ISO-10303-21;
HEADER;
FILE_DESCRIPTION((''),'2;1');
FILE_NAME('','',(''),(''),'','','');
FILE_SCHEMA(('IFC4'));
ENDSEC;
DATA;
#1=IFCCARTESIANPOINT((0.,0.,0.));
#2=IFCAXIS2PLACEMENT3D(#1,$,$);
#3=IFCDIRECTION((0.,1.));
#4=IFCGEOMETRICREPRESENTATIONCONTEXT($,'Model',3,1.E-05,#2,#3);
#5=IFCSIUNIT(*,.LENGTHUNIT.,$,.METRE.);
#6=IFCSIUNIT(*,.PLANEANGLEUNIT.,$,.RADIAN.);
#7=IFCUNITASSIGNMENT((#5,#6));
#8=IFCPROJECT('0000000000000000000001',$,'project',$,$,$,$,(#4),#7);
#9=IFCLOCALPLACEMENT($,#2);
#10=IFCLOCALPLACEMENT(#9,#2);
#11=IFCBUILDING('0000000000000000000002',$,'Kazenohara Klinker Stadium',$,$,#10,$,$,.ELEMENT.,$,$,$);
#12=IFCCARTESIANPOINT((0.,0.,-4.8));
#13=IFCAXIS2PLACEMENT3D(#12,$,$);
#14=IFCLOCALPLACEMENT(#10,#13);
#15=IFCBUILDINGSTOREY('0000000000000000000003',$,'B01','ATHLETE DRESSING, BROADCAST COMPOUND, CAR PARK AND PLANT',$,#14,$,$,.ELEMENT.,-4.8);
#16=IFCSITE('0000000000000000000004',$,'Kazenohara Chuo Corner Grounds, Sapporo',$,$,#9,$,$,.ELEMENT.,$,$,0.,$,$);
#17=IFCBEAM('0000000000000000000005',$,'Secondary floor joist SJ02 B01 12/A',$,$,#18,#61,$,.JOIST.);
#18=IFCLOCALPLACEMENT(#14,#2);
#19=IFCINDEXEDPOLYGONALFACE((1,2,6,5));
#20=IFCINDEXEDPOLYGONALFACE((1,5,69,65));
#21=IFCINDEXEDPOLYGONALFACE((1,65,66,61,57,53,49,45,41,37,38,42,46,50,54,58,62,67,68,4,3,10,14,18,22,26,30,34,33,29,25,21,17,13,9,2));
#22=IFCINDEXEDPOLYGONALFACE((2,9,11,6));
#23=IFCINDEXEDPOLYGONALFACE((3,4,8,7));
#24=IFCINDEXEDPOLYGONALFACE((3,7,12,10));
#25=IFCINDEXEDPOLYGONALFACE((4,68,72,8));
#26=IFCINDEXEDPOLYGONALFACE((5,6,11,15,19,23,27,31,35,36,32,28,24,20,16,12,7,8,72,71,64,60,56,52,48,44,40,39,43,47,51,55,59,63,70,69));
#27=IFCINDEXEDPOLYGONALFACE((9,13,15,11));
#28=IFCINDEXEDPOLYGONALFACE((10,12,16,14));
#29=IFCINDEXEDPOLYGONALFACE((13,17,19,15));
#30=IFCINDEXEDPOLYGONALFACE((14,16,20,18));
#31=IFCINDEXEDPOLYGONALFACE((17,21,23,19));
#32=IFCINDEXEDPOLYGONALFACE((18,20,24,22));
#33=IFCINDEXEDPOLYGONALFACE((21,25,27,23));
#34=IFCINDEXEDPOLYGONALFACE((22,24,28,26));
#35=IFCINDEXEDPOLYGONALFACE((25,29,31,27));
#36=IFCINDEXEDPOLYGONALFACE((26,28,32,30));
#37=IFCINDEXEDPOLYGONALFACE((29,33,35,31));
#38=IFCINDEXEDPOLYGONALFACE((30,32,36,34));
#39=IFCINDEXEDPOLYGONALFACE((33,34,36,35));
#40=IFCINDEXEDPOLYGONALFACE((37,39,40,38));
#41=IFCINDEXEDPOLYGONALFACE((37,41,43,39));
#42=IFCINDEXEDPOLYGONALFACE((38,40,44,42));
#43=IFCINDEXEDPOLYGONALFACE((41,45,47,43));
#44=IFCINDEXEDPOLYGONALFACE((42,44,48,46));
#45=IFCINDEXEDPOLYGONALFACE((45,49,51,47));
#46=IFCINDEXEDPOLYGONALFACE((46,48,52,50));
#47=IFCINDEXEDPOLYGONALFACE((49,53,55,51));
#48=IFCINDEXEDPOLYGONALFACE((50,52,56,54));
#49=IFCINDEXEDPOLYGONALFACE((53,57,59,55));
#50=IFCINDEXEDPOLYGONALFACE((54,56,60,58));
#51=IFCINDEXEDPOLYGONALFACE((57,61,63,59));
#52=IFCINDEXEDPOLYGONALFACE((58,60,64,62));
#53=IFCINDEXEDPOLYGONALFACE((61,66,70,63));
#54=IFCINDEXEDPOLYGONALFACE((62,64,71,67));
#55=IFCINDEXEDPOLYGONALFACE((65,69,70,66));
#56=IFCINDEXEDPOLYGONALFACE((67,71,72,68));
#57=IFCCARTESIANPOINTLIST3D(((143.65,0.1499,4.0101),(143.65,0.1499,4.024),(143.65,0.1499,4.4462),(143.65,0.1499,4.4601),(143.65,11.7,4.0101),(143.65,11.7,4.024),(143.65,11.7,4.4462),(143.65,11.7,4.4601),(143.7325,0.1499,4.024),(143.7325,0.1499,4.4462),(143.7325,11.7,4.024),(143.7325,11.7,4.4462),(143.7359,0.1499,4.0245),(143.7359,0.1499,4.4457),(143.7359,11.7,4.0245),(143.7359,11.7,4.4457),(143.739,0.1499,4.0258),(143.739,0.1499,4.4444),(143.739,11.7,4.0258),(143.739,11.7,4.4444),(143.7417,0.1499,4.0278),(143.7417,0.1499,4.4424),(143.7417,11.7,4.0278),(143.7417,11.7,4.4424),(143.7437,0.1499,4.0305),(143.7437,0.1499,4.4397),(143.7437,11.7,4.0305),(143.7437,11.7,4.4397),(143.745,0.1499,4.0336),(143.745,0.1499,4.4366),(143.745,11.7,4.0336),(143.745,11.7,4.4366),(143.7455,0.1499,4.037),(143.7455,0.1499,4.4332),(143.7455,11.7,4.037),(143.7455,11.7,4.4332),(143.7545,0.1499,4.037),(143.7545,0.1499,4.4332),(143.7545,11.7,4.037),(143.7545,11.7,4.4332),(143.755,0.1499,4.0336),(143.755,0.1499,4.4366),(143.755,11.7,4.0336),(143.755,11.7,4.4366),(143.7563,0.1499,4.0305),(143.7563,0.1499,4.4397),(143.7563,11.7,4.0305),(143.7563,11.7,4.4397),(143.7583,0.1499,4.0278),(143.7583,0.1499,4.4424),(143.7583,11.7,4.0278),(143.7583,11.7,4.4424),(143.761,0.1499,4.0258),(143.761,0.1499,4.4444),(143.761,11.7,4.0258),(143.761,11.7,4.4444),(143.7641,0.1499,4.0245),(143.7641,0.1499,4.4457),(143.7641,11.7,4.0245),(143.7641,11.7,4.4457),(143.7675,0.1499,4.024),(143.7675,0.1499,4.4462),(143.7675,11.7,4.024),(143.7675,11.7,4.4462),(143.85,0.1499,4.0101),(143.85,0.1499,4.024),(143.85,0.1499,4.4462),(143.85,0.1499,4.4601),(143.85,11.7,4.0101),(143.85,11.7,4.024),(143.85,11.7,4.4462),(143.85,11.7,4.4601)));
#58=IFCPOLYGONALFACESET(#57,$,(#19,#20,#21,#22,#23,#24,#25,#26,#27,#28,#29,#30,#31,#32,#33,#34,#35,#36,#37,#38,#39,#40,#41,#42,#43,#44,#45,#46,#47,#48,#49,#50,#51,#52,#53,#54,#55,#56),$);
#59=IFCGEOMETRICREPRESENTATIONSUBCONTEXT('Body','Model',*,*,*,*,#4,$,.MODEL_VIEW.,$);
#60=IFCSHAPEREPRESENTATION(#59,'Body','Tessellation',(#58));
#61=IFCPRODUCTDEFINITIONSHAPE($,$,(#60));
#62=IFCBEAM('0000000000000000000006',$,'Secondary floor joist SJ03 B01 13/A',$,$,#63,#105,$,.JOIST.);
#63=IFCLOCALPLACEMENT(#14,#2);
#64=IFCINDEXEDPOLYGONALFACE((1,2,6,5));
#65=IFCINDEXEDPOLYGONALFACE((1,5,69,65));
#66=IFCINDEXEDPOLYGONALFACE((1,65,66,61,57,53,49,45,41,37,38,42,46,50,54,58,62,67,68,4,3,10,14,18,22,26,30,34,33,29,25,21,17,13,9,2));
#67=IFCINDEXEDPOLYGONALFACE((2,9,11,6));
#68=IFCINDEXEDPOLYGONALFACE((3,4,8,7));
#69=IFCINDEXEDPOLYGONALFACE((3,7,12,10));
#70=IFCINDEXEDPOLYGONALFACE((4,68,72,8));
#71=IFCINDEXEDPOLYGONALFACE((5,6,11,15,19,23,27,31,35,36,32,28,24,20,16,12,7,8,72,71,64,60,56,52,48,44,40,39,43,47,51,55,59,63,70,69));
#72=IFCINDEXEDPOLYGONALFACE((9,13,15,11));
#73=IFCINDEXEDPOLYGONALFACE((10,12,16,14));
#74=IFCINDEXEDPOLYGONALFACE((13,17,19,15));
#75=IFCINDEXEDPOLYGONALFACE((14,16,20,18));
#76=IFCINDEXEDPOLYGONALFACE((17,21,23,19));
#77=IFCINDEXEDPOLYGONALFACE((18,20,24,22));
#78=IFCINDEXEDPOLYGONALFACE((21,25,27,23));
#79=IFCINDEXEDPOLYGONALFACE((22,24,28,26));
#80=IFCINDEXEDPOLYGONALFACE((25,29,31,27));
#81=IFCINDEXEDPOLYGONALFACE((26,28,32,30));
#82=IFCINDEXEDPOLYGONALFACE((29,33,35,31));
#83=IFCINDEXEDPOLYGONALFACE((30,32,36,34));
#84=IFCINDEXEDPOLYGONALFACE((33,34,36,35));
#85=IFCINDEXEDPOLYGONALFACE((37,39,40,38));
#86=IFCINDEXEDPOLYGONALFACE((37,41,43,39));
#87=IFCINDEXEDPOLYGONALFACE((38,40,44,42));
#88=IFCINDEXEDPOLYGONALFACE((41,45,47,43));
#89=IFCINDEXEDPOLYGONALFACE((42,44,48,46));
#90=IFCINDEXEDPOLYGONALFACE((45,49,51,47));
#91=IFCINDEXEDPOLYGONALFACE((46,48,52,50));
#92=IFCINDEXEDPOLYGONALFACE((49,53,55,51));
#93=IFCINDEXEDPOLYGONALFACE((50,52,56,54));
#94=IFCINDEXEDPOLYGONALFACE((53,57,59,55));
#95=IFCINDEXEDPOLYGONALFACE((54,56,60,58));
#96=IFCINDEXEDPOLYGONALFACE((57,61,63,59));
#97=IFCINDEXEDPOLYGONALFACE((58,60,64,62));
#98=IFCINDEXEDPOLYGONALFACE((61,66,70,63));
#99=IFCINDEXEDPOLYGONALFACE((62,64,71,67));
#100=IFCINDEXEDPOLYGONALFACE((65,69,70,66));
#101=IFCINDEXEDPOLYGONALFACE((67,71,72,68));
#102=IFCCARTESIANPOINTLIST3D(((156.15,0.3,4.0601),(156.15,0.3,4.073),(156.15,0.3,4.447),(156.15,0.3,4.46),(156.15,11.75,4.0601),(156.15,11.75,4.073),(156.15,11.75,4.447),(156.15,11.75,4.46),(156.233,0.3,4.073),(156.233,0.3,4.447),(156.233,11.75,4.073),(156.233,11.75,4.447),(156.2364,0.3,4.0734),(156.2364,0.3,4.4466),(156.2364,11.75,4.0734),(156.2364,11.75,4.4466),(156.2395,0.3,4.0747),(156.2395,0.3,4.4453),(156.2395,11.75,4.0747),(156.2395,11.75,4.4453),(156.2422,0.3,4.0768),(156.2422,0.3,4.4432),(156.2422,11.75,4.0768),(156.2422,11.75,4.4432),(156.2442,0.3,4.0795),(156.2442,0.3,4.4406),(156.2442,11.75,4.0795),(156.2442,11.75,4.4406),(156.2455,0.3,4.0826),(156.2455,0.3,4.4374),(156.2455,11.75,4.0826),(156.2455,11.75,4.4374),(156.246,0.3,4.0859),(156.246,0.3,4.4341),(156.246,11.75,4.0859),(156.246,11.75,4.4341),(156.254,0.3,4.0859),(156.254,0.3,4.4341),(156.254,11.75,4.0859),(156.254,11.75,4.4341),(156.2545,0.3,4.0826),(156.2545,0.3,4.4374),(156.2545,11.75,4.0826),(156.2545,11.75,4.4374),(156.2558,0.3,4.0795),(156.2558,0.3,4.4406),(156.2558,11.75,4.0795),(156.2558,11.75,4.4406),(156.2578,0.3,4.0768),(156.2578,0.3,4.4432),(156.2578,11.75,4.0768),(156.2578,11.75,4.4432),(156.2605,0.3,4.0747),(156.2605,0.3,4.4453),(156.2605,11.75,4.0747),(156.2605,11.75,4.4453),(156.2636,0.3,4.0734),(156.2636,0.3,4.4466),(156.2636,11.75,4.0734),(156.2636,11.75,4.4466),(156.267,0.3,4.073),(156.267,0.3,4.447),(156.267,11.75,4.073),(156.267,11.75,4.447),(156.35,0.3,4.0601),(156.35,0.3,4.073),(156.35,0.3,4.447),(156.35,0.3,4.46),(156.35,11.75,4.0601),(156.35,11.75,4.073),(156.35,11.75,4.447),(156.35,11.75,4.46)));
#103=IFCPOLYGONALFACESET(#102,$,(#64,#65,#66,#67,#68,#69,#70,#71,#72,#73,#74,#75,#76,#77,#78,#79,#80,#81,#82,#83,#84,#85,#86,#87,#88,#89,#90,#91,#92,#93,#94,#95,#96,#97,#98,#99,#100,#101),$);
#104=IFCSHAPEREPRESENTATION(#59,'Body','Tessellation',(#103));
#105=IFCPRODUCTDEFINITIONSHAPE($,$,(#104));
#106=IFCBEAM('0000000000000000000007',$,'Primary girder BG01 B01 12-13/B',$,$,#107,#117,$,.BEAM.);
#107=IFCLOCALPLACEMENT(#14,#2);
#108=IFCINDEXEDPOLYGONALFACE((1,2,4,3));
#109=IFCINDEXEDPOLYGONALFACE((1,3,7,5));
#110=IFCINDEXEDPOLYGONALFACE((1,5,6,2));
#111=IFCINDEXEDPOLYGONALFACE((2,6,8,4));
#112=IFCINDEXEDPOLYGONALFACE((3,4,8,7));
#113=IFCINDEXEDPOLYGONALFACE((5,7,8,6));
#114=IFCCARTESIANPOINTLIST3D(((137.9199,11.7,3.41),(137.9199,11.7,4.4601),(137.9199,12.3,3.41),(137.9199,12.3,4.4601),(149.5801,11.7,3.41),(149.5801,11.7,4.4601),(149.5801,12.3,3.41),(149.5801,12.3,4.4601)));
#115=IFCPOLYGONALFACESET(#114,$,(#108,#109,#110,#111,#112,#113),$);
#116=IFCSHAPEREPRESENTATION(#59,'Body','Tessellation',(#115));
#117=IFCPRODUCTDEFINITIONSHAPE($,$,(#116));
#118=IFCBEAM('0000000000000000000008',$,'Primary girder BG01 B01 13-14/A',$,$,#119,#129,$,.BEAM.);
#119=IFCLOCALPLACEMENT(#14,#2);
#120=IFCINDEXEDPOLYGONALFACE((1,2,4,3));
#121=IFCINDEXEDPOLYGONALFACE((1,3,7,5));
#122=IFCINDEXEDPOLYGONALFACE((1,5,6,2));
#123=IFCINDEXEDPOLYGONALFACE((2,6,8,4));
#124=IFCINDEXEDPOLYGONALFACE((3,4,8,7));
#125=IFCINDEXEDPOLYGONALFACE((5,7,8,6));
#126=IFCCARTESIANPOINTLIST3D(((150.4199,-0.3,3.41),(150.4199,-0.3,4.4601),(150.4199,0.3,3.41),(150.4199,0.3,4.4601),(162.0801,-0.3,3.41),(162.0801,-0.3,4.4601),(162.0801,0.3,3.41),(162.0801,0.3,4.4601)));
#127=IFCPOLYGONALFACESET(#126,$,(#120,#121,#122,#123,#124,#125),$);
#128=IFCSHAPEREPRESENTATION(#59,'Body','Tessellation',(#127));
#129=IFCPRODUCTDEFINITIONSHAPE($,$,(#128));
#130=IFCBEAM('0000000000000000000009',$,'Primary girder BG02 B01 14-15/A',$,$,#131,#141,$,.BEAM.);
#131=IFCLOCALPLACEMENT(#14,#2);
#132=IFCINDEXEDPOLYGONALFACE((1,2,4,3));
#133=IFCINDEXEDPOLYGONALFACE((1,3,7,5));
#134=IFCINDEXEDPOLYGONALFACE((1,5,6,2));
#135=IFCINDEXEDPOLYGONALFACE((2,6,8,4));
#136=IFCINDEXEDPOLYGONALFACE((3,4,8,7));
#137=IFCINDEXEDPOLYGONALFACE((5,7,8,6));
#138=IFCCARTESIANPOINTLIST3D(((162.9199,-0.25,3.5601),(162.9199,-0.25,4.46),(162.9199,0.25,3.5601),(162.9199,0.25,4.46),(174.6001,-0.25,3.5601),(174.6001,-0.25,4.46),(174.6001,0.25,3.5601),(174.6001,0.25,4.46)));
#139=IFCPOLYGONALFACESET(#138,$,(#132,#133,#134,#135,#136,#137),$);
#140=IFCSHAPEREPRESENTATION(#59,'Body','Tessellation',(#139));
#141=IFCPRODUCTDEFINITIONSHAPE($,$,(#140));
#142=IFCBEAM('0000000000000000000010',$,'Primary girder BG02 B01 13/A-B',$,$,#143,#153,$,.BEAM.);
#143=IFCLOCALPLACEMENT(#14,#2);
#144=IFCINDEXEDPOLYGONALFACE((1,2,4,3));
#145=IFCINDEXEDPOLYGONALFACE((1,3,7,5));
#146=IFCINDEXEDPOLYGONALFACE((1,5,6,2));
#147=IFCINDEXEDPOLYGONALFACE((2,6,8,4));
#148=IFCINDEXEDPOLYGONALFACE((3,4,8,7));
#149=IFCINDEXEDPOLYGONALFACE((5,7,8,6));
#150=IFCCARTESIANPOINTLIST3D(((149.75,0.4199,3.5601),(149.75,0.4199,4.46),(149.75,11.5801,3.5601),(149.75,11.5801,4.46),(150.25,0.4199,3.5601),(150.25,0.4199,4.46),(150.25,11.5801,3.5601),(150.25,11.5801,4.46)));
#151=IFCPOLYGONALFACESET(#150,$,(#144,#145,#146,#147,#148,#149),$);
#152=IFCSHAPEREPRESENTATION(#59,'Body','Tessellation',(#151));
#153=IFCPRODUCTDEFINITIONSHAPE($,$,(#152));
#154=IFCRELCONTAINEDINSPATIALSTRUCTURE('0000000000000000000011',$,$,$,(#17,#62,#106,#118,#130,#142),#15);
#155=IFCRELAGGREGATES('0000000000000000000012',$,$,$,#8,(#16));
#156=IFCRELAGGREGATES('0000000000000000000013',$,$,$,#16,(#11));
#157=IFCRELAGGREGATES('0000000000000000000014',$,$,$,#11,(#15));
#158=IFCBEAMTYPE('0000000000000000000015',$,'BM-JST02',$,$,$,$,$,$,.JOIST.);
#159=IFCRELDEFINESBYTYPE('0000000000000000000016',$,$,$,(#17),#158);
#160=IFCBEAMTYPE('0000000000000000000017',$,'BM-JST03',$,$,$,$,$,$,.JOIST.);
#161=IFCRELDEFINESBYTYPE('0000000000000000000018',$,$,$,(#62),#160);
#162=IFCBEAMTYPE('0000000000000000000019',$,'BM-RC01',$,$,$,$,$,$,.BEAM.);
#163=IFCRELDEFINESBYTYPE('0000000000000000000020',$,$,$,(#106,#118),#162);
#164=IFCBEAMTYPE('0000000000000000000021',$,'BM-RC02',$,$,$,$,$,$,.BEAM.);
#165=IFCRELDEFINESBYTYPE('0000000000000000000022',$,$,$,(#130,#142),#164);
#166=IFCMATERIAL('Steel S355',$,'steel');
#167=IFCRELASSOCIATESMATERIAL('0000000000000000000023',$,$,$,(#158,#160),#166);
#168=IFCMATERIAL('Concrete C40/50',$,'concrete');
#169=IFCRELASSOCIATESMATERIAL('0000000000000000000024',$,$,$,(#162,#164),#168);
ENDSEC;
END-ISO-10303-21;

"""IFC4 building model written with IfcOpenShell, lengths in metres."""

from ifc_helpers import new_model, si_unit, direction, frame, origin, origin_2d, place, context, subcontext, project, spatial, rectangle, i_section, extrude, material, material_profile, profile_set, type_object, element, save


model = new_model("IFC4")

# Units and contexts
model_context = context("Model", 3, precision=1e-05, world=origin(), true_north=direction((0.0, 1.0)))
body_context = subcontext(model_context, "Body", "Model", "MODEL_VIEW")
ifc_project = project(units=[si_unit("LENGTHUNIT", "METRE"), si_unit("PLANEANGLEUNIT", "RADIAN")], contexts=[model_context])

# Site, building, storey
site_placement = place(None, origin())
site = spatial("IfcSite", under=ifc_project, at=site_placement, Name="Kazenohara Chuo Corner Grounds, Sapporo", CompositionType="ELEMENT", RefElevation=0.0)
building_placement = place(site_placement, origin())
building = spatial("IfcBuilding", under=site, at=building_placement, Name="Kazenohara Klinker Stadium", CompositionType="ELEMENT")
storey_placement = place(building_placement, frame((0.0, 0.0, -4.8)))
storey = spatial("IfcBuildingStorey", under=building, at=storey_placement, Name="B01", Description="ATHLETE DRESSING, BROADCAST COMPOUND, CAR PARK AND PLANT", CompositionType="ELEMENT", Elevation=-4.8)

# Shared definitions
ifc_material_1 = material(Name="Concrete C40/50", Category="concrete")

# Beams
ifc_material_2 = material(Name="Steel S355", Category="steel")
ifc_material_profile_1 = material_profile(ifc_material_2, i_section(OverallWidth=0.2, OverallDepth=0.45, WebThickness=0.009, FlangeThickness=0.0139, FilletRadius=0.0129, at=origin_2d()), Name="H-450x200x9x14")
ifc_profile_set_1 = profile_set([ifc_material_profile_1], Name="Steel S355")
beam_type_1 = type_object("IfcBeamType", Name="BM-JST02", PredefinedType="JOIST", material=ifc_profile_set_1)
beam_1_placement = place(storey_placement, frame((143.75, 0.1499, 4.2351), z_axis=(0.0, 1.0, 0.0), x_axis=(-1.0, 0.0, 0.0)))
element("IfcBeam", 1, at=beam_1_placement, inside=storey, type_object=beam_type_1, Name="Secondary floor joist SJ02 B01 12/A", PredefinedType="JOIST", context=body_context, shape_type="SweptSolid", body=[
    extrude(i_section(OverallWidth=0.2, OverallDepth=0.45, WebThickness=0.009, FlangeThickness=0.0139, FilletRadius=0.0129, at=origin_2d()), origin(), (0.0, 0.0, 1.0), 11.55),
])
ifc_material_profile_2 = material_profile(ifc_material_2, i_section(OverallWidth=0.2, OverallDepth=0.3999, WebThickness=0.0081, FlangeThickness=0.0129, FilletRadius=0.0129, at=origin_2d()), Name="H-400x200x8x13")
ifc_profile_set_2 = profile_set([ifc_material_profile_2], Name="Steel S355")
beam_type_2 = type_object("IfcBeamType", Name="BM-JST03", PredefinedType="JOIST", material=ifc_profile_set_2)
beam_2_placement = place(storey_placement, frame((156.25, 0.3, 4.26), z_axis=(0.0, 1.0, 0.0), x_axis=(-1.0, 0.0, 0.0)))
element("IfcBeam", 2, at=beam_2_placement, inside=storey, type_object=beam_type_2, Name="Secondary floor joist SJ03 B01 13/A", PredefinedType="JOIST", context=body_context, shape_type="SweptSolid", body=[
    extrude(i_section(OverallWidth=0.2, OverallDepth=0.3999, WebThickness=0.0081, FlangeThickness=0.0129, FilletRadius=0.0129, at=origin_2d()), origin(), (0.0, 0.0, 1.0), 11.45),
])
ifc_material_profile_3 = material_profile(ifc_material_1, rectangle(XDim=0.6001, YDim=1.05, at=origin_2d()), Name="RC-BM-600x1050")
ifc_profile_set_3 = profile_set([ifc_material_profile_3], Name="Concrete C40/50")
beam_type_3 = type_object("IfcBeamType", Name="BM-RC01", PredefinedType="BEAM", material=ifc_profile_set_3)
for number, where, z_axis, x_axis, name in (
    (3, (137.9199, 12.0, 3.9351), (1.0, 0.0, 0.0), (0.0, 1.0, 0.0), "Primary girder BG01 B01 12-13/B"),
    (4, (150.4199, 0.0, 3.9351), (1.0, 0.0, 0.0), (0.0, 1.0, 0.0), "Primary girder BG01 B01 13-14/A"),
):
    element("IfcBeam", number, at=place(storey_placement, frame(where, z_axis=z_axis, x_axis=x_axis)), inside=storey, type_object=beam_type_3, Name=name, PredefinedType="BEAM", context=body_context, shape_type="SweptSolid", body=[
        extrude(rectangle(XDim=0.6001, YDim=1.05, at=origin_2d()), origin(), (0.0, 0.0, 1.0), 11.6602),
    ])
ifc_material_profile_4 = material_profile(ifc_material_1, rectangle(XDim=0.5, YDim=0.8999, at=origin_2d()), Name="RC-BM-500x900")
ifc_profile_set_4 = profile_set([ifc_material_profile_4], Name="Concrete C40/50")
beam_type_4 = type_object("IfcBeamType", Name="BM-RC02", PredefinedType="BEAM", material=ifc_profile_set_4)
beam_3_placement = place(storey_placement, frame((162.9199, 0.0, 4.01), z_axis=(1.0, 0.0, 0.0), x_axis=(0.0, 1.0, 0.0)))
element("IfcBeam", 5, at=beam_3_placement, inside=storey, type_object=beam_type_4, Name="Primary girder BG02 B01 14-15/A", PredefinedType="BEAM", context=body_context, shape_type="SweptSolid", body=[
    extrude(rectangle(XDim=0.5, YDim=0.8999, at=origin_2d()), origin(), (0.0, 0.0, 1.0), 11.6802),
])
beam_4_placement = place(storey_placement, frame((150.0, 0.4199, 4.01), z_axis=(0.0, 1.0, 0.0), x_axis=(-1.0, 0.0, 0.0)))
element("IfcBeam", 6, at=beam_4_placement, inside=storey, type_object=beam_type_4, Name="Primary girder BG02 B01 13/A-B", PredefinedType="BEAM", context=body_context, shape_type="SweptSolid", body=[
    extrude(rectangle(XDim=0.5, YDim=0.8999, at=origin_2d()), origin(), (0.0, 0.0, 1.0), 11.1602),
])

save(model, "model.ifc")
